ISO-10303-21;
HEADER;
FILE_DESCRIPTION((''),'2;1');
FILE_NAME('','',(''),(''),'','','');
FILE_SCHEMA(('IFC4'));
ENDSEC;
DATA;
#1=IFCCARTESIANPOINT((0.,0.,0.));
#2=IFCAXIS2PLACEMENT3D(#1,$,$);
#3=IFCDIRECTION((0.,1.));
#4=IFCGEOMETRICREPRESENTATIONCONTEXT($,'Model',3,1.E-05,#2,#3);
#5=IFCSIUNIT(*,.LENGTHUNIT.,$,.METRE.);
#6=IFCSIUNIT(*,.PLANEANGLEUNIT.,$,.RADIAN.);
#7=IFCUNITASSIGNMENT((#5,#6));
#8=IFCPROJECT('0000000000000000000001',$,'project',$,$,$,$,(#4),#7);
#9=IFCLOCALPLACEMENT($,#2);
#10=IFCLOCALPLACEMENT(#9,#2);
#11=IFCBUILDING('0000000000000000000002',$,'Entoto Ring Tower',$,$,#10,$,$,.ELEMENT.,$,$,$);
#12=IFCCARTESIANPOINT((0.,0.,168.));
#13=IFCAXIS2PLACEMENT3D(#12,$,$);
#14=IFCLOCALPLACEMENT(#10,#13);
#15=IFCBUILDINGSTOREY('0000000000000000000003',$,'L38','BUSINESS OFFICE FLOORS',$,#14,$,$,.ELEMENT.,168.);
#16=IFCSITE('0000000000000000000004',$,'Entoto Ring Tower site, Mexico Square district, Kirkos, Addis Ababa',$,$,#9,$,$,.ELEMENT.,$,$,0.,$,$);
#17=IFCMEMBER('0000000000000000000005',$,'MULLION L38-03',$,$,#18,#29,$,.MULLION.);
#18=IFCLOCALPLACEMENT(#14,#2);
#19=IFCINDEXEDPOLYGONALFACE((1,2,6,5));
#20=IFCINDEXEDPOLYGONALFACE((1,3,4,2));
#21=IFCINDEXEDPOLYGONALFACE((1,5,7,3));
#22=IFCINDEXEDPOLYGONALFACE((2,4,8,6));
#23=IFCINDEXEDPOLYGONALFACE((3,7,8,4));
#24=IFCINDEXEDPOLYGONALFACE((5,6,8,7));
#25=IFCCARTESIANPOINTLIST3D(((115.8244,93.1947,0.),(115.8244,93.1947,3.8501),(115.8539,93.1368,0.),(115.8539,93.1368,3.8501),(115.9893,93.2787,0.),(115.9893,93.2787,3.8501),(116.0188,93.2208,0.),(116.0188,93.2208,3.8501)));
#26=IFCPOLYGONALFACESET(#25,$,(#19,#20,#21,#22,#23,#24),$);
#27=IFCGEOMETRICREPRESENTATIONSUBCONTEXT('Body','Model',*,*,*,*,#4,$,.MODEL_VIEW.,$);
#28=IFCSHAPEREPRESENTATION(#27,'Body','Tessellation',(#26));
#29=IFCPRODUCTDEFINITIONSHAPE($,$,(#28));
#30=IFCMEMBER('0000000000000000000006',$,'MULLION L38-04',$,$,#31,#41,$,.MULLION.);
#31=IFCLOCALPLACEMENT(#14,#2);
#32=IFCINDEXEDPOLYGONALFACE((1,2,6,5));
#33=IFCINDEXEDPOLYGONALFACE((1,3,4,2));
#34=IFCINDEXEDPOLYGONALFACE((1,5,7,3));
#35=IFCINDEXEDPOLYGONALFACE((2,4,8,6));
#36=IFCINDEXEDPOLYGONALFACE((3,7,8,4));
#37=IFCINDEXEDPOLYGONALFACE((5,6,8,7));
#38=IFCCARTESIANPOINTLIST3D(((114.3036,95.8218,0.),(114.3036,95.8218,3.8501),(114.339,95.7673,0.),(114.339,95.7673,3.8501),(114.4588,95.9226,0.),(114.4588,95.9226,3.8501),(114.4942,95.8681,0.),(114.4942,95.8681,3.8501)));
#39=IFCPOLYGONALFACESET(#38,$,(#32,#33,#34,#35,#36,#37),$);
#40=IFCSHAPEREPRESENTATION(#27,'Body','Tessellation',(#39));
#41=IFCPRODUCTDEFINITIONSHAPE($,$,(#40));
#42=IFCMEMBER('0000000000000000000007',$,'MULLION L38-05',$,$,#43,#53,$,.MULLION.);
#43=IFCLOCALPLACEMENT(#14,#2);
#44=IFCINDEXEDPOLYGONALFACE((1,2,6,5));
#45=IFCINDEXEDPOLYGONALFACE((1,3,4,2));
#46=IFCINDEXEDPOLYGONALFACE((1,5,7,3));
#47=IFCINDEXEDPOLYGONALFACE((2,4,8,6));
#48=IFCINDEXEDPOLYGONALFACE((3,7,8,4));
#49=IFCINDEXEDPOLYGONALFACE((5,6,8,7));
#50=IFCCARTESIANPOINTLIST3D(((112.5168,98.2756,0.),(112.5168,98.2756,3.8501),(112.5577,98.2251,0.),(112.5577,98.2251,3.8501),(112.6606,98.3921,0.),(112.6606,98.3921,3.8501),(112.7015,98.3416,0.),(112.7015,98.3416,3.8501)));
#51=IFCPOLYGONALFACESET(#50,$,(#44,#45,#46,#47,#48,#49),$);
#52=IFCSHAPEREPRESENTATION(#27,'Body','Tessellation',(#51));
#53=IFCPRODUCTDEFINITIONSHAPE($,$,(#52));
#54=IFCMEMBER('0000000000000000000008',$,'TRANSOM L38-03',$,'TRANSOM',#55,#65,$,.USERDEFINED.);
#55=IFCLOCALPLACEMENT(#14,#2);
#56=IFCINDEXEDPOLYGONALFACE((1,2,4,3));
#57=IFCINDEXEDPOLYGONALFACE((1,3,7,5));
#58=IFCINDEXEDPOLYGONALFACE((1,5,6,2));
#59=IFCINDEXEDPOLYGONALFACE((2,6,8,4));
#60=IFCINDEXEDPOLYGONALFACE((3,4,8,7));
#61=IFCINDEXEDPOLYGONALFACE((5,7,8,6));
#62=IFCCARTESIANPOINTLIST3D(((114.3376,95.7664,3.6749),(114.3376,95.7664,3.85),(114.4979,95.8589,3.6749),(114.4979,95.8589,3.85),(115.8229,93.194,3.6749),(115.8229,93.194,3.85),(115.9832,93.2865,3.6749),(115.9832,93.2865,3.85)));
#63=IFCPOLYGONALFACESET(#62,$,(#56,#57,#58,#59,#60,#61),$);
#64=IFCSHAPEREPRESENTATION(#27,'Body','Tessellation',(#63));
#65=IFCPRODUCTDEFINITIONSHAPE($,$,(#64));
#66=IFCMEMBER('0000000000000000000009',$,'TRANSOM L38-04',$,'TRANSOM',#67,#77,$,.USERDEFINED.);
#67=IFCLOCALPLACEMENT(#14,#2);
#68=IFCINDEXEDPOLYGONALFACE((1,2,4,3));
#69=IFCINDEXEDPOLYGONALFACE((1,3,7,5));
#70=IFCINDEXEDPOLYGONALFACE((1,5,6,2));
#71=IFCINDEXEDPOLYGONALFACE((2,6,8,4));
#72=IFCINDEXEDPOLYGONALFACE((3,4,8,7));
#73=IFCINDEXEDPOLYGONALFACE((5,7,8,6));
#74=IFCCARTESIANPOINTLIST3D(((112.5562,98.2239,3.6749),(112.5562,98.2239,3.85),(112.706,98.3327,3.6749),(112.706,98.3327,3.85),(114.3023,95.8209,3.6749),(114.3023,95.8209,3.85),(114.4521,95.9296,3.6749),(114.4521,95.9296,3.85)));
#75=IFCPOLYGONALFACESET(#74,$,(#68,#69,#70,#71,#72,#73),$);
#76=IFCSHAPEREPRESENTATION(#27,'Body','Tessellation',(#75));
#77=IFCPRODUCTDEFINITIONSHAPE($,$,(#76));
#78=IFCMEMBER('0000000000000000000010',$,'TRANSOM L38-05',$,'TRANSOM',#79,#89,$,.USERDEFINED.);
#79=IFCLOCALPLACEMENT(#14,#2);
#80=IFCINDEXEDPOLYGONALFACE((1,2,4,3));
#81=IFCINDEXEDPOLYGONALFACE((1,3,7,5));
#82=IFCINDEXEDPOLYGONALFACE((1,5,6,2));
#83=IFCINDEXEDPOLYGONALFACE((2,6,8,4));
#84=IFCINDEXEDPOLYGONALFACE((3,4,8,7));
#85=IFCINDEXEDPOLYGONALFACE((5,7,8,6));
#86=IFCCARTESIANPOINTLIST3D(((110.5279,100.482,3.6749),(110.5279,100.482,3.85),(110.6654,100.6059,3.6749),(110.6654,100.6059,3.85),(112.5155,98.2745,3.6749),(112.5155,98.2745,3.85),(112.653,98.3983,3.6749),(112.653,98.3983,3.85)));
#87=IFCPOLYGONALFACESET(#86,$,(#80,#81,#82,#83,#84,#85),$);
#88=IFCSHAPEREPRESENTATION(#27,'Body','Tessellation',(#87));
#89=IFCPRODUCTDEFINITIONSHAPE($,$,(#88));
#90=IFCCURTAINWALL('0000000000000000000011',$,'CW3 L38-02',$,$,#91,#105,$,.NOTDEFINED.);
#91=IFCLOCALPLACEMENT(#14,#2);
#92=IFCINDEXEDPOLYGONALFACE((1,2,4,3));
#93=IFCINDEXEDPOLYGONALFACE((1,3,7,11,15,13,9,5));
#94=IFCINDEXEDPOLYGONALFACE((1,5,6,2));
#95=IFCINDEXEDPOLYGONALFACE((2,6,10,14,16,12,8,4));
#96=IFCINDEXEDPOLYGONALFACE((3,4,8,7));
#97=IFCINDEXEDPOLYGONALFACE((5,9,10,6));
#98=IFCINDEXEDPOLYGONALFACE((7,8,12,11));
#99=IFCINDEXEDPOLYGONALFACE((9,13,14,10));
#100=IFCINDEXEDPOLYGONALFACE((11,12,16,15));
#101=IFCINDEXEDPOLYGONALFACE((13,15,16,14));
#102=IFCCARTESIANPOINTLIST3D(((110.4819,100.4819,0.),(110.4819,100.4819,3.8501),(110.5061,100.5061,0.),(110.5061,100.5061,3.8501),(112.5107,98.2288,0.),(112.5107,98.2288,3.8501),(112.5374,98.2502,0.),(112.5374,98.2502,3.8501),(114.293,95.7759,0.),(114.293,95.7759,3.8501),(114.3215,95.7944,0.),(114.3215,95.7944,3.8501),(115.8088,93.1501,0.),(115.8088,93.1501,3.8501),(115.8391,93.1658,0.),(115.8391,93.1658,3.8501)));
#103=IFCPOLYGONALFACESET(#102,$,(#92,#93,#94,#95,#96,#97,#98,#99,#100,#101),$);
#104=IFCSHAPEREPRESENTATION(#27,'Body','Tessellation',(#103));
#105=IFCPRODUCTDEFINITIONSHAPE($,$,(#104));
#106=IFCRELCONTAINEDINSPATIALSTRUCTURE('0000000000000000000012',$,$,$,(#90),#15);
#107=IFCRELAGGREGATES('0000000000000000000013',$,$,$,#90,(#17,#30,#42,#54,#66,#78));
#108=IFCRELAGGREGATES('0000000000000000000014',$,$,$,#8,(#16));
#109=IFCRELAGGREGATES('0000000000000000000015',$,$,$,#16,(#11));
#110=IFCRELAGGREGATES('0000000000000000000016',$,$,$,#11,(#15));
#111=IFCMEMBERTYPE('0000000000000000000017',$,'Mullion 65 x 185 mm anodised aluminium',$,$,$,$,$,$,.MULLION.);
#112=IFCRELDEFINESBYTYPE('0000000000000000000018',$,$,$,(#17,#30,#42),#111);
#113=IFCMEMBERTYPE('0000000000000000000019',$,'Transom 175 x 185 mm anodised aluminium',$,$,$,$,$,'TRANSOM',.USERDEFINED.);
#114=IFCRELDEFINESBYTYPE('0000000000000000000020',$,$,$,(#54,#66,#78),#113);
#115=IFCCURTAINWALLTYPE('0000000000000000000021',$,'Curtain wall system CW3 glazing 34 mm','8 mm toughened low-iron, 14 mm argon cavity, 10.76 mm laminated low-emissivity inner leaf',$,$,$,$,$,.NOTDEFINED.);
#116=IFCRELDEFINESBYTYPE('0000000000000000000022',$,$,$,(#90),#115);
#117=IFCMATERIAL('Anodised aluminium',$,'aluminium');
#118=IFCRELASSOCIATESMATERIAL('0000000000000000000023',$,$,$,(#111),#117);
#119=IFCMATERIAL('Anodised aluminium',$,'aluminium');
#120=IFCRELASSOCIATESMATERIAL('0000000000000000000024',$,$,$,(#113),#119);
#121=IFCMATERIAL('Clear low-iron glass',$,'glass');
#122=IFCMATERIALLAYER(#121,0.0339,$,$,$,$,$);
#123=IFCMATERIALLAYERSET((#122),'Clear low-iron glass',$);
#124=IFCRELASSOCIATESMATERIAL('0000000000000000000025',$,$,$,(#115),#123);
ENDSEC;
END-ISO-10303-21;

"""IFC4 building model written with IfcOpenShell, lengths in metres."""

from ifc_helpers import new_model, si_unit, direction, frame, origin, origin_2d, place, context, subcontext, project, spatial, polyline, rectangle, outline, extrude, material, layer, layer_set, material_profile, profile_set, type_object, element, aggregate, save


model = new_model("IFC4")

# Units and contexts
model_context = context("Model", 3, precision=1e-05, world=origin(), true_north=direction((0.0, 1.0)))
body_context = subcontext(model_context, "Body", "Model", "MODEL_VIEW")
ifc_project = project(units=[si_unit("LENGTHUNIT", "METRE"), si_unit("PLANEANGLEUNIT", "RADIAN")], contexts=[model_context])

# Members
ifc_material_1 = material(Name="Anodised aluminium", Category="aluminium")
ifc_material_profile_1 = material_profile(ifc_material_1, rectangle(XDim=0.0649, YDim=0.1851, at=origin_2d()), Name="Mullion 65 x 185 mm anodised aluminium")
ifc_profile_set_1 = profile_set([ifc_material_profile_1], Name="Anodised aluminium")
member_type_1 = type_object("IfcMemberType", Name="Mullion 65 x 185 mm anodised aluminium", PredefinedType="MULLION", material=ifc_profile_set_1)
site_placement = place(None, origin())
building_placement = place(site_placement, origin())
storey_placement = place(building_placement, frame((0.0, 0.0, 168.0)))
member_1_placement = place(storey_placement, frame((115.9216, 93.2078, 0.0), z_axis=(0.0, 0.0, 1.0), x_axis=(-0.45399, 0.891007, 0.0)))
member_1 = element("IfcMember", 1, at=member_1_placement, type_object=member_type_1, Name="MULLION L38-03", PredefinedType="MULLION", context=body_context, shape_type="SweptSolid", body=[
    extrude(rectangle(XDim=0.0649, YDim=0.1851, at=origin_2d()), origin(), (0.0, 0.0, 1.0), 3.8501),
])
member_2_placement = place(storey_placement, frame((114.3989, 95.845, 0.0), z_axis=(0.0, 0.0, 1.0), x_axis=(-0.544639, 0.838671, 0.0)))
member_2 = element("IfcMember", 2, at=member_2_placement, type_object=member_type_1, Name="MULLION L38-04", PredefinedType="MULLION", context=body_context, shape_type="SweptSolid", body=[
    extrude(rectangle(XDim=0.0649, YDim=0.1851, at=origin_2d()), origin(), (0.0, 0.0, 1.0), 3.8501),
])
member_3_placement = place(storey_placement, frame((112.6091, 98.3086, 0.0), z_axis=(0.0, 0.0, 1.0), x_axis=(-0.62932, 0.777146, 0.0)))
member_3 = element("IfcMember", 3, at=member_3_placement, type_object=member_type_1, Name="MULLION L38-05", PredefinedType="MULLION", context=body_context, shape_type="SweptSolid", body=[
    extrude(rectangle(XDim=0.0649, YDim=0.1851, at=origin_2d()), origin(), (0.0, 0.0, 1.0), 3.8501),
])
ifc_material_2 = material(Name="Anodised aluminium", Category="aluminium")
ifc_material_profile_2 = material_profile(ifc_material_2, rectangle(XDim=0.1851, YDim=0.175, at=origin_2d()), Name="Transom 175 x 185 mm anodised aluminium")
ifc_profile_set_2 = profile_set([ifc_material_profile_2], Name="Anodised aluminium")
member_type_2 = type_object("IfcMemberType", Name="Transom 175 x 185 mm anodised aluminium", ElementType="TRANSOM", PredefinedType="USERDEFINED", material=ifc_profile_set_2)
member_4_placement = place(storey_placement, frame((115.9031, 93.2402, 3.7625), z_axis=(-0.500028, 0.866009, 0.0), x_axis=(-0.866009, -0.500028, 0.0)))
member_4 = element("IfcMember", 4, at=member_4_placement, type_object=member_type_2, Name="TRANSOM L38-03", ObjectType="TRANSOM", PredefinedType="USERDEFINED", context=body_context, shape_type="SweptSolid", body=[
    extrude(rectangle(XDim=0.1851, YDim=0.175, at=origin_2d()), origin(), (0.0, 0.0, 1.0), 2.9705),
])
member_5_placement = place(storey_placement, frame((114.3772, 95.8752, 3.7625), z_axis=(-0.58782, 0.808992, 0.0), x_axis=(-0.808992, -0.58782, 0.0)))
member_5 = element("IfcMember", 5, at=member_5_placement, type_object=member_type_2, Name="TRANSOM L38-04", ObjectType="TRANSOM", PredefinedType="USERDEFINED", context=body_context, shape_type="SweptSolid", body=[
    extrude(rectangle(XDim=0.1851, YDim=0.175, at=origin_2d()), origin(), (0.0, 0.0, 1.0), 2.9705),
])
member_6_placement = place(storey_placement, frame((112.5842, 98.3364, 3.7625), z_axis=(-0.66911, 0.743163, 0.0), x_axis=(-0.743163, -0.66911, 0.0)))
member_6 = element("IfcMember", 6, at=member_6_placement, type_object=member_type_2, Name="TRANSOM L38-05", ObjectType="TRANSOM", PredefinedType="USERDEFINED", context=body_context, shape_type="SweptSolid", body=[
    extrude(rectangle(XDim=0.1851, YDim=0.175, at=origin_2d()), origin(), (0.0, 0.0, 1.0), 2.9705),
])

# Site, building, storey
site = spatial("IfcSite", under=ifc_project, at=site_placement, Name="Entoto Ring Tower site, Mexico Square district, Kirkos, Addis Ababa", CompositionType="ELEMENT", RefElevation=0.0)
building = spatial("IfcBuilding", under=site, at=building_placement, Name="Entoto Ring Tower", CompositionType="ELEMENT")
storey = spatial("IfcBuildingStorey", under=building, at=storey_placement, Name="L38", Description="BUSINESS OFFICE FLOORS", CompositionType="ELEMENT", Elevation=168.0)

# Curtain wall
ifc_material_3 = material(Name="Clear low-iron glass", Category="glass")
ifc_layer_1 = layer(ifc_material_3, 0.0339)
ifc_layer_set_1 = layer_set([ifc_layer_1], Name="Clear low-iron glass")
curtain_wall_type = type_object("IfcCurtainWallType", Name="Curtain wall system CW3 glazing 34 mm", Description="8 mm toughened low-iron, 14 mm argon cavity, 10.76 mm laminated low-emissivity inner leaf", PredefinedType="NOTDEFINED", material=ifc_layer_set_1)
curtain_wall_1_placement = place(storey_placement, origin())
curtain_wall_1 = element("IfcCurtainWall", 7, at=curtain_wall_1_placement, inside=storey, type_object=curtain_wall_type, Name="CW3 L38-02", PredefinedType="NOTDEFINED", context=body_context, shape_type="SweptSolid", body=[
    extrude(outline(polyline([(115.8391, 93.1658), (114.3215, 95.7944), (112.5374, 98.2502), (110.5061, 100.5061), (110.4819, 100.4819), (112.5107, 98.2288), (114.293, 95.7759), (115.8088, 93.1501), (115.8391, 93.1658)])), origin(), (0.0, 0.0, 1.0), 3.8501),
])
aggregate(curtain_wall_1, [member_1, member_2, member_3, member_4, member_5, member_6])

save(model, "model.ifc")
